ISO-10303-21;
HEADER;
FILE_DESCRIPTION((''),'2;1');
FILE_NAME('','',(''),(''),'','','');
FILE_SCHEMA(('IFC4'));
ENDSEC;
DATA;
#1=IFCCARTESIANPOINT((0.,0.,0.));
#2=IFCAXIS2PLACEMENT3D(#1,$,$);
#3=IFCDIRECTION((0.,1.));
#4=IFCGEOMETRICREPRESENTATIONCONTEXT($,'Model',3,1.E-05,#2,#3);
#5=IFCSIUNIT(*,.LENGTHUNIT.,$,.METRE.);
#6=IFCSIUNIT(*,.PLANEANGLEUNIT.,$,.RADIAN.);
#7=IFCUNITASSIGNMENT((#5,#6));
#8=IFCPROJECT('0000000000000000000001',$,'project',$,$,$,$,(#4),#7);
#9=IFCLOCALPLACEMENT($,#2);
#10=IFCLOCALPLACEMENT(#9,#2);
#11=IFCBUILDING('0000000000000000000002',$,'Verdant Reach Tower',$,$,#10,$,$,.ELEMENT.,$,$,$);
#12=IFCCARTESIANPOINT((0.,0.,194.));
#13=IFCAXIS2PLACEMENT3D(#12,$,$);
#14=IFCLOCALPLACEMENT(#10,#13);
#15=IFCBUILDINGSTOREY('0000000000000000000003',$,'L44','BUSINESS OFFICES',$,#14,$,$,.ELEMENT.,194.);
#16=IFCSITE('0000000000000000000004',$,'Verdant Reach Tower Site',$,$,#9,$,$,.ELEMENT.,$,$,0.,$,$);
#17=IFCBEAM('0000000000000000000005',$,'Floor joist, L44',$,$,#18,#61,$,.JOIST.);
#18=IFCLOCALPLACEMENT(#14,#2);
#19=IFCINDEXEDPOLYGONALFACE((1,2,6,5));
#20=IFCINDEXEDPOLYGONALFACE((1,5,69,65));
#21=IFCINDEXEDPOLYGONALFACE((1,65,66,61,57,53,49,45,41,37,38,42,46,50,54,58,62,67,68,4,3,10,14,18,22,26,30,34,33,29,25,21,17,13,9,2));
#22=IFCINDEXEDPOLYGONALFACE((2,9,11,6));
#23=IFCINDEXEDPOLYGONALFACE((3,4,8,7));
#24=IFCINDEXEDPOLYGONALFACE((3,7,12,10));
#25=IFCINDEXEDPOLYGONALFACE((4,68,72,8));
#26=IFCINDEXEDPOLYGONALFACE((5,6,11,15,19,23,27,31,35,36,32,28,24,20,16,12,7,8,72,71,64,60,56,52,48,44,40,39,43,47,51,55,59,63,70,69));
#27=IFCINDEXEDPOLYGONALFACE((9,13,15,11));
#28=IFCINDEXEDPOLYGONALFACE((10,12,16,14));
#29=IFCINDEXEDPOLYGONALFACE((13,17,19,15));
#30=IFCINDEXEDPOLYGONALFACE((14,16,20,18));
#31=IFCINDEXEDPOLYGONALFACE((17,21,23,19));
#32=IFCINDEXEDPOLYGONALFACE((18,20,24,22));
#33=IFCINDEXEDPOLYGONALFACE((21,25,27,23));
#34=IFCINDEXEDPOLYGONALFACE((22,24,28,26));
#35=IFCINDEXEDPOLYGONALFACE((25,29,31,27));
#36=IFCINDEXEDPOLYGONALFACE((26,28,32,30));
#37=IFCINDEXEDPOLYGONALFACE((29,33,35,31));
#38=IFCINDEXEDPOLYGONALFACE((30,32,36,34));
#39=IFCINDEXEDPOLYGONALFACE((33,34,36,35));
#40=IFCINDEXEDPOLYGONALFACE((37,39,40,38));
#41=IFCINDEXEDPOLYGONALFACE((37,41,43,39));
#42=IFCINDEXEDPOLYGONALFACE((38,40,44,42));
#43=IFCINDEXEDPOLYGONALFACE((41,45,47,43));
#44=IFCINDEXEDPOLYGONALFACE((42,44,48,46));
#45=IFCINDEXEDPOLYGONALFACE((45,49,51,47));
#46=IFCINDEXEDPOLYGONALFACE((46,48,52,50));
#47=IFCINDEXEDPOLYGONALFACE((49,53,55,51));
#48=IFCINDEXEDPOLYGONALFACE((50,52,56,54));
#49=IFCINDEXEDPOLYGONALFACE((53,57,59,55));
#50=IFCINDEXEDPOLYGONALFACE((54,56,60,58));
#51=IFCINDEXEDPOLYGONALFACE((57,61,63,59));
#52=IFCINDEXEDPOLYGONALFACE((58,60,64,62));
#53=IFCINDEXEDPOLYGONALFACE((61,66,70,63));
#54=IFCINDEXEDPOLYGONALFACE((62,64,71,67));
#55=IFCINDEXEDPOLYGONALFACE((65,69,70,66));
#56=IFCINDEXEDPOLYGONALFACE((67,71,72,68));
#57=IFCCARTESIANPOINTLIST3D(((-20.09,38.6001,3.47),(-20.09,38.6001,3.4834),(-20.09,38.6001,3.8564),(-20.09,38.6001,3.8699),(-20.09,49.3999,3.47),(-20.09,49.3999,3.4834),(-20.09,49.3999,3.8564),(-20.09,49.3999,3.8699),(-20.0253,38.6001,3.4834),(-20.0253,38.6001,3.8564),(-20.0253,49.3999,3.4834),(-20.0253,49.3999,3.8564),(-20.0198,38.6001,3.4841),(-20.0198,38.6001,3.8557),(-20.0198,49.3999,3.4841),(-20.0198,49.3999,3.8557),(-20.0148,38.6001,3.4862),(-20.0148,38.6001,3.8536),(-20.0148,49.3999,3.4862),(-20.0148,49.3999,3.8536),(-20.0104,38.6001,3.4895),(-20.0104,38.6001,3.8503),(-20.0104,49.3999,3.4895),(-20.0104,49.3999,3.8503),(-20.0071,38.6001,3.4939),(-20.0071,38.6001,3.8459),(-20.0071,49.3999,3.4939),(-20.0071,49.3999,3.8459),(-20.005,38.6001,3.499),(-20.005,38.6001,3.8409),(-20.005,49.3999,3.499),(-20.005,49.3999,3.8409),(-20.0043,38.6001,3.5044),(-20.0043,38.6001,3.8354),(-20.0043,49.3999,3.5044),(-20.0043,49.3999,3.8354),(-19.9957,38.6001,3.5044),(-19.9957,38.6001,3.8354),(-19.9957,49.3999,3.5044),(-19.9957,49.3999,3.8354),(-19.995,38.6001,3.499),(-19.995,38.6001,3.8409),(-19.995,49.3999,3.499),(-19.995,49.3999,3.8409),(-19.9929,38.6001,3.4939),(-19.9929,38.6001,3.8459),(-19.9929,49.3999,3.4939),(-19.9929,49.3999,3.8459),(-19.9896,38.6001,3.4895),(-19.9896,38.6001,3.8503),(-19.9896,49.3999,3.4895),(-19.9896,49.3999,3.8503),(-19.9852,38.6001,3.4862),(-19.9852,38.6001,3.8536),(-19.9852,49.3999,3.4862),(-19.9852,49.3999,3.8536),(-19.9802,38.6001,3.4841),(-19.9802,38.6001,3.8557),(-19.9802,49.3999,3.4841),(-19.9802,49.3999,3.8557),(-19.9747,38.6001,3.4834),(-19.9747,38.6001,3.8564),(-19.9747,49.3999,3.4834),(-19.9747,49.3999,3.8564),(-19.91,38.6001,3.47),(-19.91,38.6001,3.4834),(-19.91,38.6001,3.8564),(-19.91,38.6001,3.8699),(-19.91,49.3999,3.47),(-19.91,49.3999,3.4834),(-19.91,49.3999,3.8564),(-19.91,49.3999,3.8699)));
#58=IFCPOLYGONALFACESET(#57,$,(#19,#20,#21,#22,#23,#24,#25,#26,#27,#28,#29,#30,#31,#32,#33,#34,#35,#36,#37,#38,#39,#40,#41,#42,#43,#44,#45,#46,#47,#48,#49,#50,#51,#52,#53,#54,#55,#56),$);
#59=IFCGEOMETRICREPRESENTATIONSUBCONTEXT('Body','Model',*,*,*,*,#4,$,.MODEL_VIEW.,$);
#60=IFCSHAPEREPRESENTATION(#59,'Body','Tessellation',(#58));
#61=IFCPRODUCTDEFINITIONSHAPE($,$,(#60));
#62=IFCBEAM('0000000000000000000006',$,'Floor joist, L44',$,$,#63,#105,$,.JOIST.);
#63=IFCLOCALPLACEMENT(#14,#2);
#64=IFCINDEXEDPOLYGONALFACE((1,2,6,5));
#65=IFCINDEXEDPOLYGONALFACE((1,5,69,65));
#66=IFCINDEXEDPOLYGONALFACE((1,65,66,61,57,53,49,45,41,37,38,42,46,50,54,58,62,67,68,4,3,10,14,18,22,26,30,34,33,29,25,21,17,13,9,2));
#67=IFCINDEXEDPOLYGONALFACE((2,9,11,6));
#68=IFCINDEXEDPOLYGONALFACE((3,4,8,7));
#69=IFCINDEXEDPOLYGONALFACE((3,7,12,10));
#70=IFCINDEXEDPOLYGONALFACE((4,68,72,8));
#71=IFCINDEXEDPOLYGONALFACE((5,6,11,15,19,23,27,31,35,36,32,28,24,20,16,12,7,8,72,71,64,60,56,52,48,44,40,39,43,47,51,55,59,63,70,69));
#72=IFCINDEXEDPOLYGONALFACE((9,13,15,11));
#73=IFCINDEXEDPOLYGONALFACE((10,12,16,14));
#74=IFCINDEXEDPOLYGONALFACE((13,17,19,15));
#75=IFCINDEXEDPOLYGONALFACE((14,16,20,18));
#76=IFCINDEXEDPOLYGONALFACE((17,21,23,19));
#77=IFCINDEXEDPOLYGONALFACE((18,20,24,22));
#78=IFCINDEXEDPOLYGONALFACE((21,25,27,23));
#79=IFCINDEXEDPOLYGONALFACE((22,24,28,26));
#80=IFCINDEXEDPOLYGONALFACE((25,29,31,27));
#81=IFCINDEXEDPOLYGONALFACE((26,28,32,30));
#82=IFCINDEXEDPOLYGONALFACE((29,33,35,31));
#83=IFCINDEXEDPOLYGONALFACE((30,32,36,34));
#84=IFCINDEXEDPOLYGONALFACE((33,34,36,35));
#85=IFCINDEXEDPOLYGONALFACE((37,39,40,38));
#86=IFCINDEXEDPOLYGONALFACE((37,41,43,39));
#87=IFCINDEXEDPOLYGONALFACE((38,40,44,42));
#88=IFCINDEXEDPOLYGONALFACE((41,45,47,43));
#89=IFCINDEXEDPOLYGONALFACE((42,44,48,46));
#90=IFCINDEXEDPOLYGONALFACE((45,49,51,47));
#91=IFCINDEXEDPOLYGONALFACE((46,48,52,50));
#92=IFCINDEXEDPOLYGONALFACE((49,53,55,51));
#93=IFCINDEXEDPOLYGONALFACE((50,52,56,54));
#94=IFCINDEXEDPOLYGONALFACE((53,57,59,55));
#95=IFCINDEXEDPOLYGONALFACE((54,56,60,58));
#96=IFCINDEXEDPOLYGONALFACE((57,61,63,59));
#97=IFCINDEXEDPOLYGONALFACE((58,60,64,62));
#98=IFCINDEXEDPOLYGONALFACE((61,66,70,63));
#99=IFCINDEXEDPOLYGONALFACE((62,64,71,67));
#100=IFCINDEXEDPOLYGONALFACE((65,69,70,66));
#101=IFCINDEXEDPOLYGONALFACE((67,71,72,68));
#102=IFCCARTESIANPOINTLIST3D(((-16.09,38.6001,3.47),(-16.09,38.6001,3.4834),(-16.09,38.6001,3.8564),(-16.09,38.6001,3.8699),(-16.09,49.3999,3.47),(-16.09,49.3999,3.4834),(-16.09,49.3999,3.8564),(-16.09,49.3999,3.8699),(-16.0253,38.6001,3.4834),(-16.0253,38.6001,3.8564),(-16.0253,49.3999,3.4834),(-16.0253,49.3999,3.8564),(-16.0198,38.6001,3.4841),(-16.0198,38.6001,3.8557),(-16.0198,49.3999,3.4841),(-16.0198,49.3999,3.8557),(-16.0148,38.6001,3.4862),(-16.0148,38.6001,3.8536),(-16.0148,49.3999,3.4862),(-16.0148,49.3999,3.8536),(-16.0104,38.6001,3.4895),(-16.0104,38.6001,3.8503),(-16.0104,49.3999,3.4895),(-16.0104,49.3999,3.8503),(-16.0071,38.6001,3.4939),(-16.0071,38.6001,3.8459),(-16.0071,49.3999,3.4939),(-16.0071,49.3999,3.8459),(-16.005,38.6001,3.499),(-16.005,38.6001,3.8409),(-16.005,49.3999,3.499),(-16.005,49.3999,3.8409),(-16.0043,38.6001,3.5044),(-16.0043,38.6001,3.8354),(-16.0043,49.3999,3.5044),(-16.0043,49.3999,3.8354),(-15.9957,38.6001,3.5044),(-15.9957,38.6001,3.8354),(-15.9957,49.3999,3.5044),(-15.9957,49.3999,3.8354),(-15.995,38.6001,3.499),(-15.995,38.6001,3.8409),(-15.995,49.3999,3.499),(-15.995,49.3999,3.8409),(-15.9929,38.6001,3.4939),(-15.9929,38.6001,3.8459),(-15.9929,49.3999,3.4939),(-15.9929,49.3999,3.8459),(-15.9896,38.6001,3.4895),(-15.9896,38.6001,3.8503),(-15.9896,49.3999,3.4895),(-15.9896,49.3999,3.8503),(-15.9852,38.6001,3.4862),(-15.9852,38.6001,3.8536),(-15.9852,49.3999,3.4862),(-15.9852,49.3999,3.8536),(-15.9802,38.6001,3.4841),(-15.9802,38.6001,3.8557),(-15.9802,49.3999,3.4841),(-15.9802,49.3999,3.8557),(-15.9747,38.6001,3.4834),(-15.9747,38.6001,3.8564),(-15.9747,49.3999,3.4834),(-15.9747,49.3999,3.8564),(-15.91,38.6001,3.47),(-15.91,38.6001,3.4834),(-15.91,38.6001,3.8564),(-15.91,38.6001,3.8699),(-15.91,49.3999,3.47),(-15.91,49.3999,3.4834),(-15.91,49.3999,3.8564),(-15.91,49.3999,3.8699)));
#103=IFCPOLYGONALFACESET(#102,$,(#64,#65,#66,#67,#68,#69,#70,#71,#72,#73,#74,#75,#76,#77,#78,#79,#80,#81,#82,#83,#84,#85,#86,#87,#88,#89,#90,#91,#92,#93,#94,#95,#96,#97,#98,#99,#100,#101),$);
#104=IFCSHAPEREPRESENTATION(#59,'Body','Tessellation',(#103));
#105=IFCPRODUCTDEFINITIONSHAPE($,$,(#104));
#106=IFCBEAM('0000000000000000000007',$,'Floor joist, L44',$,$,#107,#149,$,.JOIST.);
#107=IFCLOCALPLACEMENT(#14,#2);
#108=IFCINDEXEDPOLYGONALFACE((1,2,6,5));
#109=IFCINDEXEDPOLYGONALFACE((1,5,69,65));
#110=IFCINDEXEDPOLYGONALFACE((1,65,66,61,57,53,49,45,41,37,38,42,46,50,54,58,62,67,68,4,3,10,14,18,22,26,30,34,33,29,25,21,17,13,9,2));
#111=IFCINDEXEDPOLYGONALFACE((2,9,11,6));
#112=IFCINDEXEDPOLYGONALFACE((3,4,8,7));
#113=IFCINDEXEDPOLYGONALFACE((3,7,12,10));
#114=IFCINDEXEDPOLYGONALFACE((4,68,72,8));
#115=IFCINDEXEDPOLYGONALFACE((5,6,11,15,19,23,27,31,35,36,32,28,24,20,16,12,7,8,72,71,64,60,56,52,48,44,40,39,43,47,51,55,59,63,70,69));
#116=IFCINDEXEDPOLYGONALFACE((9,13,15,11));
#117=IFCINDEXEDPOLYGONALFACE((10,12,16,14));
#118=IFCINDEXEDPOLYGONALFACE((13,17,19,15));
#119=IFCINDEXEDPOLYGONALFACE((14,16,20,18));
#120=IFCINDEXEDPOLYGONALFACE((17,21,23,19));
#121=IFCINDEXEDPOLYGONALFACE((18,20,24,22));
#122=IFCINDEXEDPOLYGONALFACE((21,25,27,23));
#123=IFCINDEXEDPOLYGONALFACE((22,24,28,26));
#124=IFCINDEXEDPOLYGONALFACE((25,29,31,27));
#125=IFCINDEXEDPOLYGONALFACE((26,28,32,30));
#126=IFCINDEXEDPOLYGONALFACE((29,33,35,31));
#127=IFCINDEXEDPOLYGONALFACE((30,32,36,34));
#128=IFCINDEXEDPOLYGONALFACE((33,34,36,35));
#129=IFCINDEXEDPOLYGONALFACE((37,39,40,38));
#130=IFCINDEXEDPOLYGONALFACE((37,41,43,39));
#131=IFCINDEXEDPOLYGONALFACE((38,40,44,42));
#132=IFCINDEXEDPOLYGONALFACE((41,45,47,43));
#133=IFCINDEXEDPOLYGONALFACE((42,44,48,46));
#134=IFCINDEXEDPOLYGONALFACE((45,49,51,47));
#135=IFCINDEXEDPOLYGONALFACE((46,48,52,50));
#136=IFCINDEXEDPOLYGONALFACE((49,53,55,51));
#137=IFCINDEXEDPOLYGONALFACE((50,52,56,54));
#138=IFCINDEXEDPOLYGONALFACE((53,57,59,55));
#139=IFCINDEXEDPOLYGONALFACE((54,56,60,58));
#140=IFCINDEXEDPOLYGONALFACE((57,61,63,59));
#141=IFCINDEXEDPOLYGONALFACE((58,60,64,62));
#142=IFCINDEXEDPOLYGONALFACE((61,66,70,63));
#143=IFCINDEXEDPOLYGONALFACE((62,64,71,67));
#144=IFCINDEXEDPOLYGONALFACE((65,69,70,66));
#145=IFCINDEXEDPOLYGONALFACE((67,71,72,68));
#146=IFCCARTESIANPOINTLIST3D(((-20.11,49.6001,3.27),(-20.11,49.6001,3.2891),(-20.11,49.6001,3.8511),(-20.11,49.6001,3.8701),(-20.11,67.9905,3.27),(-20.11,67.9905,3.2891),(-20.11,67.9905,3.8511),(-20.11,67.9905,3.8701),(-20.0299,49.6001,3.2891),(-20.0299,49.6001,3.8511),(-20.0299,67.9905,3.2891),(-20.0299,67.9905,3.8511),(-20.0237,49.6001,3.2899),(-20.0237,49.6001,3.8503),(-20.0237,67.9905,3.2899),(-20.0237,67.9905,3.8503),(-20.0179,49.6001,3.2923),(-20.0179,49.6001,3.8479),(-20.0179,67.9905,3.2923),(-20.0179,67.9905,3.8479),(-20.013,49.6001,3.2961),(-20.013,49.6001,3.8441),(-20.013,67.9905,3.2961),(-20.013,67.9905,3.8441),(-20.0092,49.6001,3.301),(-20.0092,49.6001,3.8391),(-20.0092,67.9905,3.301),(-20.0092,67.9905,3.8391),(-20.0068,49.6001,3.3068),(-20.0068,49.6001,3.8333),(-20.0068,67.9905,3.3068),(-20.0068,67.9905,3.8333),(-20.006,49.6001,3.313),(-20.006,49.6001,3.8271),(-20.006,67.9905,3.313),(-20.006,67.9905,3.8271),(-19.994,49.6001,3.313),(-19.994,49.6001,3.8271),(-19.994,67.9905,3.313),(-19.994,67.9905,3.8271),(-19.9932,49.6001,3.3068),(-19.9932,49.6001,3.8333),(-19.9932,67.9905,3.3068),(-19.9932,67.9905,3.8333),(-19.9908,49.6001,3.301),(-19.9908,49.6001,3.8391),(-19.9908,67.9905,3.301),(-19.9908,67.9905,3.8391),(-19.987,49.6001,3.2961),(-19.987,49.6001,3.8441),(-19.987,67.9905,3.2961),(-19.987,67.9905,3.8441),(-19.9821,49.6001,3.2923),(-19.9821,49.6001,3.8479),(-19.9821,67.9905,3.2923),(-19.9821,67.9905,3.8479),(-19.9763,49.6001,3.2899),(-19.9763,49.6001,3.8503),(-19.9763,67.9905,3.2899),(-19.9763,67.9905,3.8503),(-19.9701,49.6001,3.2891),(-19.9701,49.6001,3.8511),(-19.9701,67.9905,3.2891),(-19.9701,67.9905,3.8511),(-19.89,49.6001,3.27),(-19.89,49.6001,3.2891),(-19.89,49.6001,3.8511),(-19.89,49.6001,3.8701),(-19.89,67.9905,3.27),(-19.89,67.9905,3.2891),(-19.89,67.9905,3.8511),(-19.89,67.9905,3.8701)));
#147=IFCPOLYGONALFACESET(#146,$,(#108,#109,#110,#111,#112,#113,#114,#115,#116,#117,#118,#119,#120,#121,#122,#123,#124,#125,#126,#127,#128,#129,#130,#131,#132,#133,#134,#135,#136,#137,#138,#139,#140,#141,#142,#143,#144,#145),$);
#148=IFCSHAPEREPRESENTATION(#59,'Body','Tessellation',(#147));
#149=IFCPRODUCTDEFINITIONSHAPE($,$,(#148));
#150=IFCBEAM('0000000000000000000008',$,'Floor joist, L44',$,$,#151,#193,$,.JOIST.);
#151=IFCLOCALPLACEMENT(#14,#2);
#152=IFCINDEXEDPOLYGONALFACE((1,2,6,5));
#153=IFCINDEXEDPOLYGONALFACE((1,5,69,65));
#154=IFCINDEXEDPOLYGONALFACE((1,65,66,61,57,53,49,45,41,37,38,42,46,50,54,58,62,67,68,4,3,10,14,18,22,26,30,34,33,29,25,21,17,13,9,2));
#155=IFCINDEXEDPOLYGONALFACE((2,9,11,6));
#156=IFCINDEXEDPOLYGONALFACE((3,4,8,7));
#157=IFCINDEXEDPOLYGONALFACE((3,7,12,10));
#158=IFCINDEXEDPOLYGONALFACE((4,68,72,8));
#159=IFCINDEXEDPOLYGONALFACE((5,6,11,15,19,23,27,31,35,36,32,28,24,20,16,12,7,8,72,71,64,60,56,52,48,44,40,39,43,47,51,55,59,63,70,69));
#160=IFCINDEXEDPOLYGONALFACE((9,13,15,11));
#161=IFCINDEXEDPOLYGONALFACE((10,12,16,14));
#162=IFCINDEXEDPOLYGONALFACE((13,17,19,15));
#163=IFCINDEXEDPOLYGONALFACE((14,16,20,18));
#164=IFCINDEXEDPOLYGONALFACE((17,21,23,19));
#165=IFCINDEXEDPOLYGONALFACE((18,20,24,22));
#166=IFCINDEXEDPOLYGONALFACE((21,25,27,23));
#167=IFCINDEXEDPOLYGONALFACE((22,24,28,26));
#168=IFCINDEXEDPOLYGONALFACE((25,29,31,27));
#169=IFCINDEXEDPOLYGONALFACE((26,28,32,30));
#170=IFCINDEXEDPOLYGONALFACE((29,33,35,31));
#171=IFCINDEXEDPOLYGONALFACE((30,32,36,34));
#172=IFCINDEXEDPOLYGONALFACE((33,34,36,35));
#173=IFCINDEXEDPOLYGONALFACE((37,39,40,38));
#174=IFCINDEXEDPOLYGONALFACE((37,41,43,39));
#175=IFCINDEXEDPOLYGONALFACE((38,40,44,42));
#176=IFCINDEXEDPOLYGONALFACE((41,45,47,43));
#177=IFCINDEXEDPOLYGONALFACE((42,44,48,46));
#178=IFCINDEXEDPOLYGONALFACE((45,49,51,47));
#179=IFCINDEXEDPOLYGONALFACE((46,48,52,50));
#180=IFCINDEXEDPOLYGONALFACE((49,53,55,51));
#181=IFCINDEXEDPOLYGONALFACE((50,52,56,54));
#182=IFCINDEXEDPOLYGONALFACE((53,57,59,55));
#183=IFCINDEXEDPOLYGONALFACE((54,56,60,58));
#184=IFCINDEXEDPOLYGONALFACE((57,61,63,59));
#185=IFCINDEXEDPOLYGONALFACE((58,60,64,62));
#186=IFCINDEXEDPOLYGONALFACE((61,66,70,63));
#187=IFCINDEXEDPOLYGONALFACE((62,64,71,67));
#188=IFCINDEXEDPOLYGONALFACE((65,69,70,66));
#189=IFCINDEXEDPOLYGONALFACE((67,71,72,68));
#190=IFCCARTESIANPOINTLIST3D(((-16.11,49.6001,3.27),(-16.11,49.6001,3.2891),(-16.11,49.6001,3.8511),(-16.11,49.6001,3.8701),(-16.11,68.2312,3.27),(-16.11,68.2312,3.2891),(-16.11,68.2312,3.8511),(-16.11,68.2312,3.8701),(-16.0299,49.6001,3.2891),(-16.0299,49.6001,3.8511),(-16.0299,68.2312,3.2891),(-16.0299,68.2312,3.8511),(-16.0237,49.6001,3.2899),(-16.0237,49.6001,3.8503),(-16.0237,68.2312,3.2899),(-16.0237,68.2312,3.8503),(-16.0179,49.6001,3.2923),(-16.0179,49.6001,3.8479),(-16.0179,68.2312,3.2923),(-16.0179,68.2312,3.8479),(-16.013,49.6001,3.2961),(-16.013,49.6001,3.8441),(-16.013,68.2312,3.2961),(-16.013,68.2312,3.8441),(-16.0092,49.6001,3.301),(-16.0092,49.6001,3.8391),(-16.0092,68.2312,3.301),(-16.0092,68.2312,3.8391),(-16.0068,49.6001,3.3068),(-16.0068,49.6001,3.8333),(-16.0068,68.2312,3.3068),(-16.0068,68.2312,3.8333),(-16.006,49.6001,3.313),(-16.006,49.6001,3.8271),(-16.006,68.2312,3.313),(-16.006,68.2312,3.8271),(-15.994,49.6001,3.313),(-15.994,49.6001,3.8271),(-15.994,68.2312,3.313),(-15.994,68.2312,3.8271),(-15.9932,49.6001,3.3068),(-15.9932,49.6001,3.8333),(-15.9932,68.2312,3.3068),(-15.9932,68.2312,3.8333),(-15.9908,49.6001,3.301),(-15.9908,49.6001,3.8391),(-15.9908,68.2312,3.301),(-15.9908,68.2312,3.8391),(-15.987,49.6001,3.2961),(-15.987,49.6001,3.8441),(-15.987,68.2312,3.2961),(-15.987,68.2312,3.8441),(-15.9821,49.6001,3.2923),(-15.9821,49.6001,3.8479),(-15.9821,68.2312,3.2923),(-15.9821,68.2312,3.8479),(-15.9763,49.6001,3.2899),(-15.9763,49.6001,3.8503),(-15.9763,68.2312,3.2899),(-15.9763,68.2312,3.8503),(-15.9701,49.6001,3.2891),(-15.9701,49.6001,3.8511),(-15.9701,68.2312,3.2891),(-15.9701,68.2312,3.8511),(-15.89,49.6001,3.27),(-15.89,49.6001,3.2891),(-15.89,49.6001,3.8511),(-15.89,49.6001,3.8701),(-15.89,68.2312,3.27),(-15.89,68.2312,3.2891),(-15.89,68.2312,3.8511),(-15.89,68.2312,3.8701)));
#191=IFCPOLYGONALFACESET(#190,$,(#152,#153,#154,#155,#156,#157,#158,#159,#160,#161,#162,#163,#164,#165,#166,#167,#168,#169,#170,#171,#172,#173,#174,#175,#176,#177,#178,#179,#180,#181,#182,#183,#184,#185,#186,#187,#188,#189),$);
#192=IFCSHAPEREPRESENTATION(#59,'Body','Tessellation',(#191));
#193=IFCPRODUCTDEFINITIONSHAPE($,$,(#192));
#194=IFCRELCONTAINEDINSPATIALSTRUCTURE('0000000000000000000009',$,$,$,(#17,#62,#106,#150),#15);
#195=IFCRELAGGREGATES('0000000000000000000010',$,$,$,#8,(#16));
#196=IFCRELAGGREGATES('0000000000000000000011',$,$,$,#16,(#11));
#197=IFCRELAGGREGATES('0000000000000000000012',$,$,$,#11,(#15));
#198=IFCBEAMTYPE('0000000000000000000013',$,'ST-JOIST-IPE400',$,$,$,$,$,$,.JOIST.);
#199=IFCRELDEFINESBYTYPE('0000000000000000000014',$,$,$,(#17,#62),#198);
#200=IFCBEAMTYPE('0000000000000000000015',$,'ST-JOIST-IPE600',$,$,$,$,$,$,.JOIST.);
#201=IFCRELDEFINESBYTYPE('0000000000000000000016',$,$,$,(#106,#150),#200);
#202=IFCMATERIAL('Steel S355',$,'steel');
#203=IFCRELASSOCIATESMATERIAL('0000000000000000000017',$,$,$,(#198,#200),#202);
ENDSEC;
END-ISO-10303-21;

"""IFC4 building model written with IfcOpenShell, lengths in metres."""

from ifc_helpers import new_model, si_unit, direction, frame, origin, origin_2d, place, context, subcontext, project, spatial, i_section, extrude, material, material_profile, profile_set, type_object, element, save


model = new_model("IFC4")

# Units and contexts
model_context = context("Model", 3, precision=1e-05, world=origin(), true_north=direction((0.0, 1.0)))
body_context = subcontext(model_context, "Body", "Model", "MODEL_VIEW")
ifc_project = project(units=[si_unit("LENGTHUNIT", "METRE"), si_unit("PLANEANGLEUNIT", "RADIAN")], contexts=[model_context])

# Site, building, storey
site_placement = place(None, origin())
site = spatial("IfcSite", under=ifc_project, at=site_placement, Name="Verdant Reach Tower Site", CompositionType="ELEMENT", RefElevation=0.0)
building_placement = place(site_placement, origin())
building = spatial("IfcBuilding", under=site, at=building_placement, Name="Verdant Reach Tower", CompositionType="ELEMENT")
storey_placement = place(building_placement, frame((0.0, 0.0, 194.0)))
storey = spatial("IfcBuildingStorey", under=building, at=storey_placement, Name="L44", Description="BUSINESS OFFICES", CompositionType="ELEMENT", Elevation=194.0)

# Beams
ifc_material_1 = material(Name="Steel S355", Category="steel")
ifc_material_profile_1 = material_profile(ifc_material_1, i_section(OverallWidth=0.1799, OverallDepth=0.3999, WebThickness=0.0085, FlangeThickness=0.0134, FilletRadius=0.021, at=origin_2d()), Name="IPE 400")
ifc_profile_set_1 = profile_set([ifc_material_profile_1], Name="Steel S355")
beam_type_1 = type_object("IfcBeamType", Name="ST-JOIST-IPE400", PredefinedType="JOIST", material=ifc_profile_set_1)
for number, where, z_axis, x_axis, name in (
    (1, (-20.0, 38.6001, 3.6699), (0.0, 1.0, 0.0), (-1.0, 0.0, 0.0), "Floor joist, L44"),
    (2, (-16.0, 38.6001, 3.6699), (0.0, 1.0, 0.0), (-1.0, 0.0, 0.0), "Floor joist, L44"),
):
    element("IfcBeam", number, at=place(storey_placement, frame(where, z_axis=z_axis, x_axis=x_axis)), inside=storey, type_object=beam_type_1, Name=name, PredefinedType="JOIST", context=body_context, shape_type="SweptSolid", body=[
        extrude(i_section(OverallWidth=0.1799, OverallDepth=0.3999, WebThickness=0.0085, FlangeThickness=0.0134, FilletRadius=0.021, at=origin_2d()), origin(), (0.0, 0.0, 1.0), 10.7998),
    ])
ifc_material_profile_2 = material_profile(ifc_material_1, i_section(OverallWidth=0.22, OverallDepth=0.6001, WebThickness=0.012, FlangeThickness=0.019, FilletRadius=0.0239, at=origin_2d()), Name="IPE 600")
ifc_profile_set_2 = profile_set([ifc_material_profile_2], Name="Steel S355")
beam_type_2 = type_object("IfcBeamType", Name="ST-JOIST-IPE600", PredefinedType="JOIST", material=ifc_profile_set_2)
beam_1_placement = place(storey_placement, frame((-20.0, 49.6001, 3.5701), z_axis=(0.0, 1.0, 0.0), x_axis=(-1.0, 0.0, 0.0)))
element("IfcBeam", 3, at=beam_1_placement, inside=storey, type_object=beam_type_2, Name="Floor joist, L44", PredefinedType="JOIST", context=body_context, shape_type="SweptSolid", body=[
    extrude(i_section(OverallWidth=0.22, OverallDepth=0.6001, WebThickness=0.012, FlangeThickness=0.019, FilletRadius=0.0239, at=origin_2d()), origin(), (0.0, 0.0, 1.0), 18.3904),
])
beam_2_placement = place(storey_placement, frame((-16.0, 49.6001, 3.5701), z_axis=(0.0, 1.0, 0.0), x_axis=(-1.0, 0.0, 0.0)))
element("IfcBeam", 4, at=beam_2_placement, inside=storey, type_object=beam_type_2, Name="Floor joist, L44", PredefinedType="JOIST", context=body_context, shape_type="SweptSolid", body=[
    extrude(i_section(OverallWidth=0.22, OverallDepth=0.6001, WebThickness=0.012, FlangeThickness=0.019, FilletRadius=0.0239, at=origin_2d()), origin(), (0.0, 0.0, 1.0), 18.6311),
])

save(model, "model.ifc")
